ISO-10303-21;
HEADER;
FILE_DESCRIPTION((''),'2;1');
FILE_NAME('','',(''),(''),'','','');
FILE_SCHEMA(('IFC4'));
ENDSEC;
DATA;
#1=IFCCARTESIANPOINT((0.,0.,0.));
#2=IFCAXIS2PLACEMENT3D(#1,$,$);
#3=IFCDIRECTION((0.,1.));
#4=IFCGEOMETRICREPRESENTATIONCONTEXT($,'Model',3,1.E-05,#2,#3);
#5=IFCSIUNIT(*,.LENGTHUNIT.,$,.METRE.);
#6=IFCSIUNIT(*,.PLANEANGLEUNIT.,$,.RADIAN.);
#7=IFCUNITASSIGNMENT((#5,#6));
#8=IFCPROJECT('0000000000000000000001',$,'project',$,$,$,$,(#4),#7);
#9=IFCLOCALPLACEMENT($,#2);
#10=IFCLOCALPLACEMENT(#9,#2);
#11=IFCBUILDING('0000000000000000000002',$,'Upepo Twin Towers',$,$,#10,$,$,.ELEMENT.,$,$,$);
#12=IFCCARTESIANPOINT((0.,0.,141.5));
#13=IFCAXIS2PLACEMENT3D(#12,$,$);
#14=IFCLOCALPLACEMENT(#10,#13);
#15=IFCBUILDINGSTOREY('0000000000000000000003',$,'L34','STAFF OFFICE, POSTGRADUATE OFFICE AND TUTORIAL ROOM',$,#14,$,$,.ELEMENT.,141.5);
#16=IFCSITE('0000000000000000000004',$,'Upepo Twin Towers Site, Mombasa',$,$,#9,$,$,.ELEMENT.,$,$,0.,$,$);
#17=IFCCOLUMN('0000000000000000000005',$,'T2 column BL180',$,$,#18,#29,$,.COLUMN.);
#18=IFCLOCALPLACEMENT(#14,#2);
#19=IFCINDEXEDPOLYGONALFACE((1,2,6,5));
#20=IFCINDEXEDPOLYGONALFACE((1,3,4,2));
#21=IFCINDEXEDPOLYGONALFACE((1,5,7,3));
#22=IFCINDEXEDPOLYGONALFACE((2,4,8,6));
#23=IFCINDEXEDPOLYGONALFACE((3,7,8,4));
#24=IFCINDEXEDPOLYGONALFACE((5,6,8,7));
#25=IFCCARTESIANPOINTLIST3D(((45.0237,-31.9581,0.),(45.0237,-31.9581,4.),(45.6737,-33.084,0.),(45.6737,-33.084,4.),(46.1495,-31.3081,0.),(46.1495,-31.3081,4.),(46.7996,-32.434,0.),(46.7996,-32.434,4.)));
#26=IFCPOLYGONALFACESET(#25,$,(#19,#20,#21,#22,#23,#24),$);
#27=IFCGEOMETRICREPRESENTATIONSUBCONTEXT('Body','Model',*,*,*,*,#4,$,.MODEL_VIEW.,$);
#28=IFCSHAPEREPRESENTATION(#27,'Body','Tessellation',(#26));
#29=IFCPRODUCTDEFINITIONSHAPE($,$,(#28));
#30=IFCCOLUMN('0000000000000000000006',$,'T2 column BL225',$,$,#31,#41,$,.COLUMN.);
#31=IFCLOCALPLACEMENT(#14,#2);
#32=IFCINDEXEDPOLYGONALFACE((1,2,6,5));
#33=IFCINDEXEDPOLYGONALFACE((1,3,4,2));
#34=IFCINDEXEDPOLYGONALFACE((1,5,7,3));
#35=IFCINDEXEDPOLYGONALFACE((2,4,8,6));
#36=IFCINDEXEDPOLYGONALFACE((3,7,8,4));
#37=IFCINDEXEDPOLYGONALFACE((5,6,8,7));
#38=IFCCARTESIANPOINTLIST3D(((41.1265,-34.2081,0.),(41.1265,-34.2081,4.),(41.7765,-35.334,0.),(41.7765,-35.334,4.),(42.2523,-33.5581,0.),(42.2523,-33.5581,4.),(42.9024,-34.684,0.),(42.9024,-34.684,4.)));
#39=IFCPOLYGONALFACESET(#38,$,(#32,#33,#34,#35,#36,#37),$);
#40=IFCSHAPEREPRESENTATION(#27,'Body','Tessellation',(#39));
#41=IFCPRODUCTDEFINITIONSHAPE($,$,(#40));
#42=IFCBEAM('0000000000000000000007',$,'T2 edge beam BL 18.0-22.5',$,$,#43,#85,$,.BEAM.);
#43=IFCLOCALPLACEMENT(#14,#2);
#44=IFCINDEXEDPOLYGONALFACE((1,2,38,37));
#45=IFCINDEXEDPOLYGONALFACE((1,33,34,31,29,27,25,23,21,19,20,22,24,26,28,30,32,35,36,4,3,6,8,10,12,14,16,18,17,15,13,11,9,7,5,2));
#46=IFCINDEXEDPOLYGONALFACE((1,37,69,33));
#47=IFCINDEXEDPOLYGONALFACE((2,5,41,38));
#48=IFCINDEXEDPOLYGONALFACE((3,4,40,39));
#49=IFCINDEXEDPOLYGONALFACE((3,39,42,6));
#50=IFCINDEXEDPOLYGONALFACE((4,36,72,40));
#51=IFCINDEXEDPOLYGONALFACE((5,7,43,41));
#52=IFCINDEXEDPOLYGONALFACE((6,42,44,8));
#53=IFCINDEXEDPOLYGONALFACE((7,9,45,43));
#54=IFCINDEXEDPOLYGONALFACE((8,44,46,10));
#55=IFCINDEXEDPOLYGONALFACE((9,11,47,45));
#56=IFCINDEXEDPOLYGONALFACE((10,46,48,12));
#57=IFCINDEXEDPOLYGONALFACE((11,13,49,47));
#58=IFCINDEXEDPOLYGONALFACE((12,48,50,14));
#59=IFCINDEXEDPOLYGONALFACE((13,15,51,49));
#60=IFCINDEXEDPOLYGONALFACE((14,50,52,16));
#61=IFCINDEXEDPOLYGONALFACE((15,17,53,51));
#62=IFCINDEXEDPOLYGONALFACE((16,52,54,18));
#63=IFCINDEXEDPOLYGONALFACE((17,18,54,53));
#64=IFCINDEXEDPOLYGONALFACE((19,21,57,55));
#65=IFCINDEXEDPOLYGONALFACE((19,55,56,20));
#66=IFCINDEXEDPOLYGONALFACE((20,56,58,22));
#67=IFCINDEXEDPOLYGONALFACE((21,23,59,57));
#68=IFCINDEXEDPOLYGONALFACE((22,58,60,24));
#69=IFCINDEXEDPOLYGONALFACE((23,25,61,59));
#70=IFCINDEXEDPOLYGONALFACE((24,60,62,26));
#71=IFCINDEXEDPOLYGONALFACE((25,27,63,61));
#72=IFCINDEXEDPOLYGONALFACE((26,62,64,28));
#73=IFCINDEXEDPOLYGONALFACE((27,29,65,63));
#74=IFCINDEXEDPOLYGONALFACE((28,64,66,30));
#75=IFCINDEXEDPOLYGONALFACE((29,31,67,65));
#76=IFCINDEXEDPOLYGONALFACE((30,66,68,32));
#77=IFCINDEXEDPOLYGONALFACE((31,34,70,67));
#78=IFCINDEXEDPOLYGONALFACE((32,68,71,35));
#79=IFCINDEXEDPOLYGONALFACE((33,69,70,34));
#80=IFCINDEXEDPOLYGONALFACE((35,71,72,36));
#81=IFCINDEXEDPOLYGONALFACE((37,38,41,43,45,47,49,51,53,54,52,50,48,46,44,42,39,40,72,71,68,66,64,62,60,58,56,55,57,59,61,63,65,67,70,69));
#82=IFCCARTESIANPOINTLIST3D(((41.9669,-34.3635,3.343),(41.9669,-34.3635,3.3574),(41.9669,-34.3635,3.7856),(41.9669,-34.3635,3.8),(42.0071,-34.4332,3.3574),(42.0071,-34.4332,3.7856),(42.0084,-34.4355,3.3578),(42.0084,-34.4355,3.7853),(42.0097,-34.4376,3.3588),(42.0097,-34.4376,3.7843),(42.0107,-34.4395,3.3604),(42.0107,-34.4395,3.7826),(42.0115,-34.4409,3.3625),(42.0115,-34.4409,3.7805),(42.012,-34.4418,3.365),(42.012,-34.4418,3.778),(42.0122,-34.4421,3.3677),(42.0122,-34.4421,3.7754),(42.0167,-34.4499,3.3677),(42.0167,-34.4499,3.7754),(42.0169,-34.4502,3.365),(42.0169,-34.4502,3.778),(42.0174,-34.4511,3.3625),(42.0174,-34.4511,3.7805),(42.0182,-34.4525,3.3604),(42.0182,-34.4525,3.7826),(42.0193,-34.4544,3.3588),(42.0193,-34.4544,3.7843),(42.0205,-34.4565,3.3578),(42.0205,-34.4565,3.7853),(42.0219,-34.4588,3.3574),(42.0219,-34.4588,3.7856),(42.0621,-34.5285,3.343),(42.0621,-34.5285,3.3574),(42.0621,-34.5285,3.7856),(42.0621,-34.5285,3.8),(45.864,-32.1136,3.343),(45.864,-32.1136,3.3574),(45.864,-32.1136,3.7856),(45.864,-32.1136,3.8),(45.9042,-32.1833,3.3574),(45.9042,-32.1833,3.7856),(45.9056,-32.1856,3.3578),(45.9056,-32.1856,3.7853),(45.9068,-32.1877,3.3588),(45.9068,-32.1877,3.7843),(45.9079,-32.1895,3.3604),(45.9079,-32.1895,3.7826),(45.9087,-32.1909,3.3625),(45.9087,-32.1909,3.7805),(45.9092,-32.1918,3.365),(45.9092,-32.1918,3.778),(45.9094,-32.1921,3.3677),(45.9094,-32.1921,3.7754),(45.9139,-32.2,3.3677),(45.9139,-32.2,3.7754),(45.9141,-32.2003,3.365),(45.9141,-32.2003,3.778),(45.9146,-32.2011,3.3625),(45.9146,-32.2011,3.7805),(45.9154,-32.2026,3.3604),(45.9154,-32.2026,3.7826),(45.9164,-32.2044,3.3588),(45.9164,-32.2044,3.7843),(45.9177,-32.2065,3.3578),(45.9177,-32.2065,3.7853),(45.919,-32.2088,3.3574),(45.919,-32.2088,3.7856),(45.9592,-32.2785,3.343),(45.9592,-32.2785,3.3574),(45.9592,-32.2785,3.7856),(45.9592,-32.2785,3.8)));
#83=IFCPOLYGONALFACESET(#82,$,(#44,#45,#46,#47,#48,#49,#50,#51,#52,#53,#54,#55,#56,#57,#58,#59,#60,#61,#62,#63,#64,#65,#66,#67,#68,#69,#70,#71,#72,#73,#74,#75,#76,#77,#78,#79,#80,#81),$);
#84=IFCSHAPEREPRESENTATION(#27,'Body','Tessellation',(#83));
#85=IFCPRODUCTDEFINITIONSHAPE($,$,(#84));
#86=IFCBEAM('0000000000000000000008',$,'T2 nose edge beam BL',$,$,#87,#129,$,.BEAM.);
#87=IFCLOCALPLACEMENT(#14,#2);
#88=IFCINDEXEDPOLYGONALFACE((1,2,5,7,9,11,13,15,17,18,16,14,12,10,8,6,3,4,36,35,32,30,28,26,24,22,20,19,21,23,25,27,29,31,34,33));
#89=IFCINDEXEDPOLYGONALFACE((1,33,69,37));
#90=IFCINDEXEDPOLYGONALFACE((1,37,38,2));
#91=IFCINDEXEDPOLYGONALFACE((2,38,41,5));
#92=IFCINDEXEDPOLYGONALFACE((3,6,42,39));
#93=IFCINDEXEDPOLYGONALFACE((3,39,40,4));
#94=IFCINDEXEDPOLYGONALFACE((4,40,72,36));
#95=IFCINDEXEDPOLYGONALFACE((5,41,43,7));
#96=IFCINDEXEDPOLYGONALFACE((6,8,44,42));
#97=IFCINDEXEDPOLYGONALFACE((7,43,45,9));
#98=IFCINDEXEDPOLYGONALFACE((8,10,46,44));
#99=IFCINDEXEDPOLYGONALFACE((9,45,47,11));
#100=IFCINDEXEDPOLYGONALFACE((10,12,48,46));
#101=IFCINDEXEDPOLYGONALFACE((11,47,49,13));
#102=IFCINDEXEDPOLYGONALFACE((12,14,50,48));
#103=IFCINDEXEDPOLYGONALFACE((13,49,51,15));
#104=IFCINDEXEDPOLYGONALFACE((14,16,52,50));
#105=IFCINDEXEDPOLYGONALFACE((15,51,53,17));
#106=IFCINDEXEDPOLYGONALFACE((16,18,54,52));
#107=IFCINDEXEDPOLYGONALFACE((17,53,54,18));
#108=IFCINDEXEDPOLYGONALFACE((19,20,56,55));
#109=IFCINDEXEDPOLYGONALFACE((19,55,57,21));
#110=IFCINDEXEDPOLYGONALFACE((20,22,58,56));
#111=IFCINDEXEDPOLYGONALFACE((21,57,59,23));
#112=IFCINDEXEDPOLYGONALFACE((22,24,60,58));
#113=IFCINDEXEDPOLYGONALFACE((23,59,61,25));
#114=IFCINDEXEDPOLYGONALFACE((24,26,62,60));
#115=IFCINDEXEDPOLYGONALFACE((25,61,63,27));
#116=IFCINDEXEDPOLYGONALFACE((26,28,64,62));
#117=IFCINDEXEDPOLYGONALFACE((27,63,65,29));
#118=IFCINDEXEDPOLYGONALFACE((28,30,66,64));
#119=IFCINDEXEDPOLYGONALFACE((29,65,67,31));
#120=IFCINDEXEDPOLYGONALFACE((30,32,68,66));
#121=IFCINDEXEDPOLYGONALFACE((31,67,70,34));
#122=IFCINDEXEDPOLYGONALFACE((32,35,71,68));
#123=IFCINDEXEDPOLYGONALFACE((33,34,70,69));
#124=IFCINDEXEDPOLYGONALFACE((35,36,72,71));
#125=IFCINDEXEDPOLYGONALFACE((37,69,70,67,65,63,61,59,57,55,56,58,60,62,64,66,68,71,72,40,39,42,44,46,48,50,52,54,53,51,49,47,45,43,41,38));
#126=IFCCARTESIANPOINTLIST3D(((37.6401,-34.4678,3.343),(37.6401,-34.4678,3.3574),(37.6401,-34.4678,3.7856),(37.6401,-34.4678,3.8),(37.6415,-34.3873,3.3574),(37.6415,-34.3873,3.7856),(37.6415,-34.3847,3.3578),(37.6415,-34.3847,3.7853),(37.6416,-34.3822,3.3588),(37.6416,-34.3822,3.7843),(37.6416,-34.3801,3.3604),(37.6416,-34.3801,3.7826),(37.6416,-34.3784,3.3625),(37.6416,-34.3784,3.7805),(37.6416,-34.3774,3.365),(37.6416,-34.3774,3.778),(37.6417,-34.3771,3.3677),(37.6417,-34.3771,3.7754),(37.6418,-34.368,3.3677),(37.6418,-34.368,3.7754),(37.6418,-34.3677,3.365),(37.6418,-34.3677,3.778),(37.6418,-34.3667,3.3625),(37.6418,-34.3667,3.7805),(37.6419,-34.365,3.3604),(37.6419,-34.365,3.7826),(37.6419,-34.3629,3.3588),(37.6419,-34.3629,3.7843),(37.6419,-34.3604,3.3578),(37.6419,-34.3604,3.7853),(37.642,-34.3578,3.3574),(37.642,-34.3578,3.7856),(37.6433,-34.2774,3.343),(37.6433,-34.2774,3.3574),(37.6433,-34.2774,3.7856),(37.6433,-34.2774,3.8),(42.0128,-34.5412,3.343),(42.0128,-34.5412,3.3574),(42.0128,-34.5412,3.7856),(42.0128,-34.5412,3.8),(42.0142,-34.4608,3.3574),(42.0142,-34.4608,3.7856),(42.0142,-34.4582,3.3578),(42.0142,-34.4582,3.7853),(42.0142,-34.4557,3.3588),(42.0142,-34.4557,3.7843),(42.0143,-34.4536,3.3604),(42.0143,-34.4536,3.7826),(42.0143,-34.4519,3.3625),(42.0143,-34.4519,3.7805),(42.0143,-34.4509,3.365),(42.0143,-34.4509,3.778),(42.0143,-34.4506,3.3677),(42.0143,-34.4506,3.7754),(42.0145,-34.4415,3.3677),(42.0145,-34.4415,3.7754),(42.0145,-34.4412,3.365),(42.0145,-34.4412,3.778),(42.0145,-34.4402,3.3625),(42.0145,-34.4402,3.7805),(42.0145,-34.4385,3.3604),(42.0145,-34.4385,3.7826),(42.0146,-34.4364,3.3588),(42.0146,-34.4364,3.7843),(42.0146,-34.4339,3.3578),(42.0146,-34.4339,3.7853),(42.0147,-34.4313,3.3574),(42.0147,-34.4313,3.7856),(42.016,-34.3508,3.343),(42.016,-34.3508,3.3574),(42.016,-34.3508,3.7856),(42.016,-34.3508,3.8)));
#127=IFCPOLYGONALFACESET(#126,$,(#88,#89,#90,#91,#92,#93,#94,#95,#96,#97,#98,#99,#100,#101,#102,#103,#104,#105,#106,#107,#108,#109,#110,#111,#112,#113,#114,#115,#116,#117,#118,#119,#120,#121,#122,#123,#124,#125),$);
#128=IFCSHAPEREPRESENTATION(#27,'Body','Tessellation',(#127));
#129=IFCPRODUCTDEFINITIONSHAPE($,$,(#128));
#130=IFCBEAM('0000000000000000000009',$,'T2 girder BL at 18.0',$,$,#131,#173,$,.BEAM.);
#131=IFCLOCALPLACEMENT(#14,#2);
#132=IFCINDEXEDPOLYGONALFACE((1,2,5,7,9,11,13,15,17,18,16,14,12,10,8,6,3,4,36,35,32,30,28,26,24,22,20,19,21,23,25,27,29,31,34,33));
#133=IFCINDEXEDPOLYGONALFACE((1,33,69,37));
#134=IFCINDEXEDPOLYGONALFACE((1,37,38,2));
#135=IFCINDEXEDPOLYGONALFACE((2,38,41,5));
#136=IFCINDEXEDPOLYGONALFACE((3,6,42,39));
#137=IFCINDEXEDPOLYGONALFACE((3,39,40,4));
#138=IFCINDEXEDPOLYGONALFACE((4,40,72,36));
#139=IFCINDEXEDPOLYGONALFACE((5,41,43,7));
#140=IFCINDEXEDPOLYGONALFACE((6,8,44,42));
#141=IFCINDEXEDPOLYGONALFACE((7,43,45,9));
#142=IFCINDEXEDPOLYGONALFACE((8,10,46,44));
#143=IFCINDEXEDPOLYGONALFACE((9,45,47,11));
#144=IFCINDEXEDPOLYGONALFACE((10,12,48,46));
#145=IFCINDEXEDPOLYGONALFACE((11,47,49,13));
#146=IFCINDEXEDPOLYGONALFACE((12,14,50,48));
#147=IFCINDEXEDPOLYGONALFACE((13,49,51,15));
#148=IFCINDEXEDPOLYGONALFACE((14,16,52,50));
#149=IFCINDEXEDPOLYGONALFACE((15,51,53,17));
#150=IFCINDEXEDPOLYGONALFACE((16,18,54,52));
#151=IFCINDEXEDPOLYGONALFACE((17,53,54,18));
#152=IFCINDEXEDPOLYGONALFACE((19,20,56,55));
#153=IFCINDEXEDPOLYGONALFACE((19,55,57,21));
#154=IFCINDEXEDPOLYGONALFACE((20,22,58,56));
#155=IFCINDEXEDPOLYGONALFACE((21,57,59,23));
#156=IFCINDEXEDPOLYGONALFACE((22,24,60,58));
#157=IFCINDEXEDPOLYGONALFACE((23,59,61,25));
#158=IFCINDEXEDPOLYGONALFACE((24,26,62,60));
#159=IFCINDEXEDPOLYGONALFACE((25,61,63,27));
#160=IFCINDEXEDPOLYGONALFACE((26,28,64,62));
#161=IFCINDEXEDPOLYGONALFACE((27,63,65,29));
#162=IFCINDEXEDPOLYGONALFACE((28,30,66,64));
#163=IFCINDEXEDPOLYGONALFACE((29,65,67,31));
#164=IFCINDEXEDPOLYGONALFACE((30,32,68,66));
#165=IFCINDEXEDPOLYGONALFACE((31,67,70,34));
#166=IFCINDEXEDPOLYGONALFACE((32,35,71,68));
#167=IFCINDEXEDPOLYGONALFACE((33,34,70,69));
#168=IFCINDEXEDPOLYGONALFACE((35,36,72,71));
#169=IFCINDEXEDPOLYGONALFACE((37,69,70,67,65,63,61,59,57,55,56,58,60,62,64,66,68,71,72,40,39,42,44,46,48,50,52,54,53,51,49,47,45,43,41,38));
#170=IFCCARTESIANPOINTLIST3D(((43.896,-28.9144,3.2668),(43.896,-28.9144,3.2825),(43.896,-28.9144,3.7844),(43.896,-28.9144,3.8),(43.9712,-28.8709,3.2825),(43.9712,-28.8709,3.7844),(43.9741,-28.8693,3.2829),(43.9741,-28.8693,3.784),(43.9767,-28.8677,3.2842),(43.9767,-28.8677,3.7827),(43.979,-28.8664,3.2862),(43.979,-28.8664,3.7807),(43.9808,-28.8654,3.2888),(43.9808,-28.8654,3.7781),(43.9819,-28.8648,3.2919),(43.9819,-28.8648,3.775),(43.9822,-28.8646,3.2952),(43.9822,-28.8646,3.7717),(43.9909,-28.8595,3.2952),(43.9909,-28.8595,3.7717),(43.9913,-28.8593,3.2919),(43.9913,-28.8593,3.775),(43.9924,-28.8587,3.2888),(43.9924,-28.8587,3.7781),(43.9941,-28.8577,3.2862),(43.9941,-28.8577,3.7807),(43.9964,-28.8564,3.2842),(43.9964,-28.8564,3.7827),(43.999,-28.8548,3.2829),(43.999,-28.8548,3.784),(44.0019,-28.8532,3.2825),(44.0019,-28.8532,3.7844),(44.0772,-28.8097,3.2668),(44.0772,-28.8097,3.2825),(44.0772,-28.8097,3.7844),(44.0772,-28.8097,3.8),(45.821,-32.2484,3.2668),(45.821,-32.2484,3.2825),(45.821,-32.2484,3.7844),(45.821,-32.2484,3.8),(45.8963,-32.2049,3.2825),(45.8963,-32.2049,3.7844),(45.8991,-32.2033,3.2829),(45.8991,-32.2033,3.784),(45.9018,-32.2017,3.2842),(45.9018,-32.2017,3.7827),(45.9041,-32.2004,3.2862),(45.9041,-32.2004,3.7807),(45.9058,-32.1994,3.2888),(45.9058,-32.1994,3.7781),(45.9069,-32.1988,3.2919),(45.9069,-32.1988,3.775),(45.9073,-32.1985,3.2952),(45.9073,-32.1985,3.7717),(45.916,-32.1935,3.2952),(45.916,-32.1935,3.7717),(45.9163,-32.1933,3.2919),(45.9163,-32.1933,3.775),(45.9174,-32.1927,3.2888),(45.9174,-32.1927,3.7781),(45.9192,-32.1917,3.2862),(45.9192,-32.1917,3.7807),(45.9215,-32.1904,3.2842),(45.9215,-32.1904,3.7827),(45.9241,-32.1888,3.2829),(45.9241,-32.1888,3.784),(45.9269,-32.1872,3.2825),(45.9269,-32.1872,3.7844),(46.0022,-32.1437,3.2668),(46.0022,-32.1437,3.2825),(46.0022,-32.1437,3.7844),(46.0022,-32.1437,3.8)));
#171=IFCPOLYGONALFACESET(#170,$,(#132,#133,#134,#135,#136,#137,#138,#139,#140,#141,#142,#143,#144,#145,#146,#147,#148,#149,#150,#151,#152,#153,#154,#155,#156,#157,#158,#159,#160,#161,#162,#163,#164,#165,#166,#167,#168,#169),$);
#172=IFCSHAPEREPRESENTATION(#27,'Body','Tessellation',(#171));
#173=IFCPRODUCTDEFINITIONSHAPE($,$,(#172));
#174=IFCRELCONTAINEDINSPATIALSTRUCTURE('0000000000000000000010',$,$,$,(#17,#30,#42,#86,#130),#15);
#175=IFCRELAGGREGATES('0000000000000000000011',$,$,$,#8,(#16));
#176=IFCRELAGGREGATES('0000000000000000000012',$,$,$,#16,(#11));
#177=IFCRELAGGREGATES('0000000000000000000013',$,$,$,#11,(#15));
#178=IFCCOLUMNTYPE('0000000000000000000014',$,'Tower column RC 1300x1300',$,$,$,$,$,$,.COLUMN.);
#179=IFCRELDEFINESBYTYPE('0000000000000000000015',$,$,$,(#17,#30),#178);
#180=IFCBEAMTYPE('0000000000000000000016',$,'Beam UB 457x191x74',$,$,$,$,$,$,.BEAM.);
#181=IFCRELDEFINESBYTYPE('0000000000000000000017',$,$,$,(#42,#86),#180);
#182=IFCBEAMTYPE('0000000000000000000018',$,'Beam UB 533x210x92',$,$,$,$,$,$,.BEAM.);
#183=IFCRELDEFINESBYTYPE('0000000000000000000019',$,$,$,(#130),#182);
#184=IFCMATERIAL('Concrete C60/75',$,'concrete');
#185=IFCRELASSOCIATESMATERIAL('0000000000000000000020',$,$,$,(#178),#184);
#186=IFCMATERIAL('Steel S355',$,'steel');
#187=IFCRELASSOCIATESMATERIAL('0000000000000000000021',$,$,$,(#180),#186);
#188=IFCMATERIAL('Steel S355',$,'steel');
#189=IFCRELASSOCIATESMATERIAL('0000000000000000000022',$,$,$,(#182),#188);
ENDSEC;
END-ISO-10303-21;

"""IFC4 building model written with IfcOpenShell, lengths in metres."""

from ifc_helpers import new_model, si_unit, direction, frame, origin, origin_2d, place, context, subcontext, project, spatial, rectangle, i_section, extrude, material, material_profile, profile_set, type_object, element, save


model = new_model("IFC4")

# Units and contexts
model_context = context("Model", 3, precision=1e-05, world=origin(), true_north=direction((0.0, 1.0)))
body_context = subcontext(model_context, "Body", "Model", "MODEL_VIEW")
ifc_project = project(units=[si_unit("LENGTHUNIT", "METRE"), si_unit("PLANEANGLEUNIT", "RADIAN")], contexts=[model_context])

# Site, building, storey
site_placement = place(None, origin())
site = spatial("IfcSite", under=ifc_project, at=site_placement, Name="Upepo Twin Towers Site, Mombasa", CompositionType="ELEMENT", RefElevation=0.0)
building_placement = place(site_placement, origin())
building = spatial("IfcBuilding", under=site, at=building_placement, Name="Upepo Twin Towers", CompositionType="ELEMENT")
storey_placement = place(building_placement, frame((0.0, 0.0, 141.5)))
storey = spatial("IfcBuildingStorey", under=building, at=storey_placement, Name="L34", Description="STAFF OFFICE, POSTGRADUATE OFFICE AND TUTORIAL ROOM", CompositionType="ELEMENT", Elevation=141.5)

# Columns
ifc_material_1 = material(Name="Concrete C60/75", Category="concrete")
ifc_material_profile_1 = material_profile(ifc_material_1, rectangle(XDim=1.3, YDim=1.3, at=origin_2d()), Name="RC 1300x1300")
ifc_profile_set_1 = profile_set([ifc_material_profile_1], Name="Concrete C60/75")
column_type = type_object("IfcColumnType", Name="Tower column RC 1300x1300", PredefinedType="COLUMN", material=ifc_profile_set_1)
for number, where, z_axis, x_axis, name in (
    (1, (45.9116, -32.196, 0.0), (0.0, 0.0, 1.0), (0.866025, 0.5, 0.0), "T2 column BL180"),
    (2, (42.0144, -34.446, 0.0), (0.0, 0.0, 1.0), (0.866025, 0.5, 0.0), "T2 column BL225"),
):
    element("IfcColumn", number, at=place(storey_placement, frame(where, z_axis=z_axis, x_axis=x_axis)), inside=storey, type_object=column_type, Name=name, PredefinedType="COLUMN", context=body_context, shape_type="SweptSolid", body=[
        extrude(rectangle(XDim=1.3, YDim=1.3, at=origin_2d()), origin(), (0.0, 0.0, 1.0), 4.0),
    ])

# Beams
ifc_material_2 = material(Name="Steel S355", Category="steel")
ifc_material_profile_2 = material_profile(ifc_material_2, i_section(OverallWidth=0.1904, OverallDepth=0.457, WebThickness=0.009, FlangeThickness=0.0144, FilletRadius=0.0103, at=origin_2d()), Name="UB 457x191x74")
ifc_profile_set_2 = profile_set([ifc_material_profile_2], Name="Steel S355")
beam_type_1 = type_object("IfcBeamType", Name="Beam UB 457x191x74", PredefinedType="BEAM", material=ifc_profile_set_2)
beam_1_placement = place(storey_placement, frame((45.9116, -32.196, 3.5715), z_axis=(-0.866031, -0.49999, 0.0), x_axis=(0.49999, -0.866031, 0.0)))
element("IfcBeam", 3, at=beam_1_placement, inside=storey, type_object=beam_type_1, Name="T2 edge beam BL 18.0-22.5", PredefinedType="BEAM", context=body_context, shape_type="SweptSolid", body=[
    extrude(i_section(OverallWidth=0.1904, OverallDepth=0.457, WebThickness=0.009, FlangeThickness=0.0144, FilletRadius=0.0103, at=origin_2d()), origin(), (0.0, 0.0, 1.0), 4.5),
])
beam_2_placement = place(storey_placement, frame((42.0144, -34.446, 3.5715), z_axis=(-0.999859, 0.016804, 0.0), x_axis=(-0.016804, -0.999859, 0.0)))
element("IfcBeam", 4, at=beam_2_placement, inside=storey, type_object=beam_type_1, Name="T2 nose edge beam BL", PredefinedType="BEAM", context=body_context, shape_type="SweptSolid", body=[
    extrude(i_section(OverallWidth=0.1904, OverallDepth=0.457, WebThickness=0.009, FlangeThickness=0.0144, FilletRadius=0.0103, at=origin_2d()), origin(), (0.0, 0.0, 1.0), 4.3733),
])
ifc_material_3 = material(Name="Steel S355", Category="steel")
ifc_material_profile_3 = material_profile(ifc_material_3, i_section(OverallWidth=0.2092, OverallDepth=0.5332, WebThickness=0.01, FlangeThickness=0.0156, FilletRadius=0.0127, at=origin_2d()), Name="UB 533x210x92")
ifc_profile_set_3 = profile_set([ifc_material_profile_3], Name="Steel S355")
beam_type_2 = type_object("IfcBeamType", Name="Beam UB 533x210x92", PredefinedType="BEAM", material=ifc_profile_set_3)
for number, where, z_axis, x_axis, name in (
    (5, (45.9116, -32.196, 3.5334), (-0.500034, 0.866006, 0.0), (-0.866006, -0.500034, 0.0), "T2 girder BL at 18.0"),
):
    element("IfcBeam", number, at=place(storey_placement, frame(where, z_axis=z_axis, x_axis=x_axis)), inside=storey, type_object=beam_type_2, Name=name, PredefinedType="BEAM", context=body_context, shape_type="SweptSolid", body=[
        extrude(i_section(OverallWidth=0.2092, OverallDepth=0.5332, WebThickness=0.01, FlangeThickness=0.0156, FilletRadius=0.0127, at=origin_2d()), origin(), (0.0, 0.0, 1.0), 3.8499),
    ])

save(model, "model.ifc")
